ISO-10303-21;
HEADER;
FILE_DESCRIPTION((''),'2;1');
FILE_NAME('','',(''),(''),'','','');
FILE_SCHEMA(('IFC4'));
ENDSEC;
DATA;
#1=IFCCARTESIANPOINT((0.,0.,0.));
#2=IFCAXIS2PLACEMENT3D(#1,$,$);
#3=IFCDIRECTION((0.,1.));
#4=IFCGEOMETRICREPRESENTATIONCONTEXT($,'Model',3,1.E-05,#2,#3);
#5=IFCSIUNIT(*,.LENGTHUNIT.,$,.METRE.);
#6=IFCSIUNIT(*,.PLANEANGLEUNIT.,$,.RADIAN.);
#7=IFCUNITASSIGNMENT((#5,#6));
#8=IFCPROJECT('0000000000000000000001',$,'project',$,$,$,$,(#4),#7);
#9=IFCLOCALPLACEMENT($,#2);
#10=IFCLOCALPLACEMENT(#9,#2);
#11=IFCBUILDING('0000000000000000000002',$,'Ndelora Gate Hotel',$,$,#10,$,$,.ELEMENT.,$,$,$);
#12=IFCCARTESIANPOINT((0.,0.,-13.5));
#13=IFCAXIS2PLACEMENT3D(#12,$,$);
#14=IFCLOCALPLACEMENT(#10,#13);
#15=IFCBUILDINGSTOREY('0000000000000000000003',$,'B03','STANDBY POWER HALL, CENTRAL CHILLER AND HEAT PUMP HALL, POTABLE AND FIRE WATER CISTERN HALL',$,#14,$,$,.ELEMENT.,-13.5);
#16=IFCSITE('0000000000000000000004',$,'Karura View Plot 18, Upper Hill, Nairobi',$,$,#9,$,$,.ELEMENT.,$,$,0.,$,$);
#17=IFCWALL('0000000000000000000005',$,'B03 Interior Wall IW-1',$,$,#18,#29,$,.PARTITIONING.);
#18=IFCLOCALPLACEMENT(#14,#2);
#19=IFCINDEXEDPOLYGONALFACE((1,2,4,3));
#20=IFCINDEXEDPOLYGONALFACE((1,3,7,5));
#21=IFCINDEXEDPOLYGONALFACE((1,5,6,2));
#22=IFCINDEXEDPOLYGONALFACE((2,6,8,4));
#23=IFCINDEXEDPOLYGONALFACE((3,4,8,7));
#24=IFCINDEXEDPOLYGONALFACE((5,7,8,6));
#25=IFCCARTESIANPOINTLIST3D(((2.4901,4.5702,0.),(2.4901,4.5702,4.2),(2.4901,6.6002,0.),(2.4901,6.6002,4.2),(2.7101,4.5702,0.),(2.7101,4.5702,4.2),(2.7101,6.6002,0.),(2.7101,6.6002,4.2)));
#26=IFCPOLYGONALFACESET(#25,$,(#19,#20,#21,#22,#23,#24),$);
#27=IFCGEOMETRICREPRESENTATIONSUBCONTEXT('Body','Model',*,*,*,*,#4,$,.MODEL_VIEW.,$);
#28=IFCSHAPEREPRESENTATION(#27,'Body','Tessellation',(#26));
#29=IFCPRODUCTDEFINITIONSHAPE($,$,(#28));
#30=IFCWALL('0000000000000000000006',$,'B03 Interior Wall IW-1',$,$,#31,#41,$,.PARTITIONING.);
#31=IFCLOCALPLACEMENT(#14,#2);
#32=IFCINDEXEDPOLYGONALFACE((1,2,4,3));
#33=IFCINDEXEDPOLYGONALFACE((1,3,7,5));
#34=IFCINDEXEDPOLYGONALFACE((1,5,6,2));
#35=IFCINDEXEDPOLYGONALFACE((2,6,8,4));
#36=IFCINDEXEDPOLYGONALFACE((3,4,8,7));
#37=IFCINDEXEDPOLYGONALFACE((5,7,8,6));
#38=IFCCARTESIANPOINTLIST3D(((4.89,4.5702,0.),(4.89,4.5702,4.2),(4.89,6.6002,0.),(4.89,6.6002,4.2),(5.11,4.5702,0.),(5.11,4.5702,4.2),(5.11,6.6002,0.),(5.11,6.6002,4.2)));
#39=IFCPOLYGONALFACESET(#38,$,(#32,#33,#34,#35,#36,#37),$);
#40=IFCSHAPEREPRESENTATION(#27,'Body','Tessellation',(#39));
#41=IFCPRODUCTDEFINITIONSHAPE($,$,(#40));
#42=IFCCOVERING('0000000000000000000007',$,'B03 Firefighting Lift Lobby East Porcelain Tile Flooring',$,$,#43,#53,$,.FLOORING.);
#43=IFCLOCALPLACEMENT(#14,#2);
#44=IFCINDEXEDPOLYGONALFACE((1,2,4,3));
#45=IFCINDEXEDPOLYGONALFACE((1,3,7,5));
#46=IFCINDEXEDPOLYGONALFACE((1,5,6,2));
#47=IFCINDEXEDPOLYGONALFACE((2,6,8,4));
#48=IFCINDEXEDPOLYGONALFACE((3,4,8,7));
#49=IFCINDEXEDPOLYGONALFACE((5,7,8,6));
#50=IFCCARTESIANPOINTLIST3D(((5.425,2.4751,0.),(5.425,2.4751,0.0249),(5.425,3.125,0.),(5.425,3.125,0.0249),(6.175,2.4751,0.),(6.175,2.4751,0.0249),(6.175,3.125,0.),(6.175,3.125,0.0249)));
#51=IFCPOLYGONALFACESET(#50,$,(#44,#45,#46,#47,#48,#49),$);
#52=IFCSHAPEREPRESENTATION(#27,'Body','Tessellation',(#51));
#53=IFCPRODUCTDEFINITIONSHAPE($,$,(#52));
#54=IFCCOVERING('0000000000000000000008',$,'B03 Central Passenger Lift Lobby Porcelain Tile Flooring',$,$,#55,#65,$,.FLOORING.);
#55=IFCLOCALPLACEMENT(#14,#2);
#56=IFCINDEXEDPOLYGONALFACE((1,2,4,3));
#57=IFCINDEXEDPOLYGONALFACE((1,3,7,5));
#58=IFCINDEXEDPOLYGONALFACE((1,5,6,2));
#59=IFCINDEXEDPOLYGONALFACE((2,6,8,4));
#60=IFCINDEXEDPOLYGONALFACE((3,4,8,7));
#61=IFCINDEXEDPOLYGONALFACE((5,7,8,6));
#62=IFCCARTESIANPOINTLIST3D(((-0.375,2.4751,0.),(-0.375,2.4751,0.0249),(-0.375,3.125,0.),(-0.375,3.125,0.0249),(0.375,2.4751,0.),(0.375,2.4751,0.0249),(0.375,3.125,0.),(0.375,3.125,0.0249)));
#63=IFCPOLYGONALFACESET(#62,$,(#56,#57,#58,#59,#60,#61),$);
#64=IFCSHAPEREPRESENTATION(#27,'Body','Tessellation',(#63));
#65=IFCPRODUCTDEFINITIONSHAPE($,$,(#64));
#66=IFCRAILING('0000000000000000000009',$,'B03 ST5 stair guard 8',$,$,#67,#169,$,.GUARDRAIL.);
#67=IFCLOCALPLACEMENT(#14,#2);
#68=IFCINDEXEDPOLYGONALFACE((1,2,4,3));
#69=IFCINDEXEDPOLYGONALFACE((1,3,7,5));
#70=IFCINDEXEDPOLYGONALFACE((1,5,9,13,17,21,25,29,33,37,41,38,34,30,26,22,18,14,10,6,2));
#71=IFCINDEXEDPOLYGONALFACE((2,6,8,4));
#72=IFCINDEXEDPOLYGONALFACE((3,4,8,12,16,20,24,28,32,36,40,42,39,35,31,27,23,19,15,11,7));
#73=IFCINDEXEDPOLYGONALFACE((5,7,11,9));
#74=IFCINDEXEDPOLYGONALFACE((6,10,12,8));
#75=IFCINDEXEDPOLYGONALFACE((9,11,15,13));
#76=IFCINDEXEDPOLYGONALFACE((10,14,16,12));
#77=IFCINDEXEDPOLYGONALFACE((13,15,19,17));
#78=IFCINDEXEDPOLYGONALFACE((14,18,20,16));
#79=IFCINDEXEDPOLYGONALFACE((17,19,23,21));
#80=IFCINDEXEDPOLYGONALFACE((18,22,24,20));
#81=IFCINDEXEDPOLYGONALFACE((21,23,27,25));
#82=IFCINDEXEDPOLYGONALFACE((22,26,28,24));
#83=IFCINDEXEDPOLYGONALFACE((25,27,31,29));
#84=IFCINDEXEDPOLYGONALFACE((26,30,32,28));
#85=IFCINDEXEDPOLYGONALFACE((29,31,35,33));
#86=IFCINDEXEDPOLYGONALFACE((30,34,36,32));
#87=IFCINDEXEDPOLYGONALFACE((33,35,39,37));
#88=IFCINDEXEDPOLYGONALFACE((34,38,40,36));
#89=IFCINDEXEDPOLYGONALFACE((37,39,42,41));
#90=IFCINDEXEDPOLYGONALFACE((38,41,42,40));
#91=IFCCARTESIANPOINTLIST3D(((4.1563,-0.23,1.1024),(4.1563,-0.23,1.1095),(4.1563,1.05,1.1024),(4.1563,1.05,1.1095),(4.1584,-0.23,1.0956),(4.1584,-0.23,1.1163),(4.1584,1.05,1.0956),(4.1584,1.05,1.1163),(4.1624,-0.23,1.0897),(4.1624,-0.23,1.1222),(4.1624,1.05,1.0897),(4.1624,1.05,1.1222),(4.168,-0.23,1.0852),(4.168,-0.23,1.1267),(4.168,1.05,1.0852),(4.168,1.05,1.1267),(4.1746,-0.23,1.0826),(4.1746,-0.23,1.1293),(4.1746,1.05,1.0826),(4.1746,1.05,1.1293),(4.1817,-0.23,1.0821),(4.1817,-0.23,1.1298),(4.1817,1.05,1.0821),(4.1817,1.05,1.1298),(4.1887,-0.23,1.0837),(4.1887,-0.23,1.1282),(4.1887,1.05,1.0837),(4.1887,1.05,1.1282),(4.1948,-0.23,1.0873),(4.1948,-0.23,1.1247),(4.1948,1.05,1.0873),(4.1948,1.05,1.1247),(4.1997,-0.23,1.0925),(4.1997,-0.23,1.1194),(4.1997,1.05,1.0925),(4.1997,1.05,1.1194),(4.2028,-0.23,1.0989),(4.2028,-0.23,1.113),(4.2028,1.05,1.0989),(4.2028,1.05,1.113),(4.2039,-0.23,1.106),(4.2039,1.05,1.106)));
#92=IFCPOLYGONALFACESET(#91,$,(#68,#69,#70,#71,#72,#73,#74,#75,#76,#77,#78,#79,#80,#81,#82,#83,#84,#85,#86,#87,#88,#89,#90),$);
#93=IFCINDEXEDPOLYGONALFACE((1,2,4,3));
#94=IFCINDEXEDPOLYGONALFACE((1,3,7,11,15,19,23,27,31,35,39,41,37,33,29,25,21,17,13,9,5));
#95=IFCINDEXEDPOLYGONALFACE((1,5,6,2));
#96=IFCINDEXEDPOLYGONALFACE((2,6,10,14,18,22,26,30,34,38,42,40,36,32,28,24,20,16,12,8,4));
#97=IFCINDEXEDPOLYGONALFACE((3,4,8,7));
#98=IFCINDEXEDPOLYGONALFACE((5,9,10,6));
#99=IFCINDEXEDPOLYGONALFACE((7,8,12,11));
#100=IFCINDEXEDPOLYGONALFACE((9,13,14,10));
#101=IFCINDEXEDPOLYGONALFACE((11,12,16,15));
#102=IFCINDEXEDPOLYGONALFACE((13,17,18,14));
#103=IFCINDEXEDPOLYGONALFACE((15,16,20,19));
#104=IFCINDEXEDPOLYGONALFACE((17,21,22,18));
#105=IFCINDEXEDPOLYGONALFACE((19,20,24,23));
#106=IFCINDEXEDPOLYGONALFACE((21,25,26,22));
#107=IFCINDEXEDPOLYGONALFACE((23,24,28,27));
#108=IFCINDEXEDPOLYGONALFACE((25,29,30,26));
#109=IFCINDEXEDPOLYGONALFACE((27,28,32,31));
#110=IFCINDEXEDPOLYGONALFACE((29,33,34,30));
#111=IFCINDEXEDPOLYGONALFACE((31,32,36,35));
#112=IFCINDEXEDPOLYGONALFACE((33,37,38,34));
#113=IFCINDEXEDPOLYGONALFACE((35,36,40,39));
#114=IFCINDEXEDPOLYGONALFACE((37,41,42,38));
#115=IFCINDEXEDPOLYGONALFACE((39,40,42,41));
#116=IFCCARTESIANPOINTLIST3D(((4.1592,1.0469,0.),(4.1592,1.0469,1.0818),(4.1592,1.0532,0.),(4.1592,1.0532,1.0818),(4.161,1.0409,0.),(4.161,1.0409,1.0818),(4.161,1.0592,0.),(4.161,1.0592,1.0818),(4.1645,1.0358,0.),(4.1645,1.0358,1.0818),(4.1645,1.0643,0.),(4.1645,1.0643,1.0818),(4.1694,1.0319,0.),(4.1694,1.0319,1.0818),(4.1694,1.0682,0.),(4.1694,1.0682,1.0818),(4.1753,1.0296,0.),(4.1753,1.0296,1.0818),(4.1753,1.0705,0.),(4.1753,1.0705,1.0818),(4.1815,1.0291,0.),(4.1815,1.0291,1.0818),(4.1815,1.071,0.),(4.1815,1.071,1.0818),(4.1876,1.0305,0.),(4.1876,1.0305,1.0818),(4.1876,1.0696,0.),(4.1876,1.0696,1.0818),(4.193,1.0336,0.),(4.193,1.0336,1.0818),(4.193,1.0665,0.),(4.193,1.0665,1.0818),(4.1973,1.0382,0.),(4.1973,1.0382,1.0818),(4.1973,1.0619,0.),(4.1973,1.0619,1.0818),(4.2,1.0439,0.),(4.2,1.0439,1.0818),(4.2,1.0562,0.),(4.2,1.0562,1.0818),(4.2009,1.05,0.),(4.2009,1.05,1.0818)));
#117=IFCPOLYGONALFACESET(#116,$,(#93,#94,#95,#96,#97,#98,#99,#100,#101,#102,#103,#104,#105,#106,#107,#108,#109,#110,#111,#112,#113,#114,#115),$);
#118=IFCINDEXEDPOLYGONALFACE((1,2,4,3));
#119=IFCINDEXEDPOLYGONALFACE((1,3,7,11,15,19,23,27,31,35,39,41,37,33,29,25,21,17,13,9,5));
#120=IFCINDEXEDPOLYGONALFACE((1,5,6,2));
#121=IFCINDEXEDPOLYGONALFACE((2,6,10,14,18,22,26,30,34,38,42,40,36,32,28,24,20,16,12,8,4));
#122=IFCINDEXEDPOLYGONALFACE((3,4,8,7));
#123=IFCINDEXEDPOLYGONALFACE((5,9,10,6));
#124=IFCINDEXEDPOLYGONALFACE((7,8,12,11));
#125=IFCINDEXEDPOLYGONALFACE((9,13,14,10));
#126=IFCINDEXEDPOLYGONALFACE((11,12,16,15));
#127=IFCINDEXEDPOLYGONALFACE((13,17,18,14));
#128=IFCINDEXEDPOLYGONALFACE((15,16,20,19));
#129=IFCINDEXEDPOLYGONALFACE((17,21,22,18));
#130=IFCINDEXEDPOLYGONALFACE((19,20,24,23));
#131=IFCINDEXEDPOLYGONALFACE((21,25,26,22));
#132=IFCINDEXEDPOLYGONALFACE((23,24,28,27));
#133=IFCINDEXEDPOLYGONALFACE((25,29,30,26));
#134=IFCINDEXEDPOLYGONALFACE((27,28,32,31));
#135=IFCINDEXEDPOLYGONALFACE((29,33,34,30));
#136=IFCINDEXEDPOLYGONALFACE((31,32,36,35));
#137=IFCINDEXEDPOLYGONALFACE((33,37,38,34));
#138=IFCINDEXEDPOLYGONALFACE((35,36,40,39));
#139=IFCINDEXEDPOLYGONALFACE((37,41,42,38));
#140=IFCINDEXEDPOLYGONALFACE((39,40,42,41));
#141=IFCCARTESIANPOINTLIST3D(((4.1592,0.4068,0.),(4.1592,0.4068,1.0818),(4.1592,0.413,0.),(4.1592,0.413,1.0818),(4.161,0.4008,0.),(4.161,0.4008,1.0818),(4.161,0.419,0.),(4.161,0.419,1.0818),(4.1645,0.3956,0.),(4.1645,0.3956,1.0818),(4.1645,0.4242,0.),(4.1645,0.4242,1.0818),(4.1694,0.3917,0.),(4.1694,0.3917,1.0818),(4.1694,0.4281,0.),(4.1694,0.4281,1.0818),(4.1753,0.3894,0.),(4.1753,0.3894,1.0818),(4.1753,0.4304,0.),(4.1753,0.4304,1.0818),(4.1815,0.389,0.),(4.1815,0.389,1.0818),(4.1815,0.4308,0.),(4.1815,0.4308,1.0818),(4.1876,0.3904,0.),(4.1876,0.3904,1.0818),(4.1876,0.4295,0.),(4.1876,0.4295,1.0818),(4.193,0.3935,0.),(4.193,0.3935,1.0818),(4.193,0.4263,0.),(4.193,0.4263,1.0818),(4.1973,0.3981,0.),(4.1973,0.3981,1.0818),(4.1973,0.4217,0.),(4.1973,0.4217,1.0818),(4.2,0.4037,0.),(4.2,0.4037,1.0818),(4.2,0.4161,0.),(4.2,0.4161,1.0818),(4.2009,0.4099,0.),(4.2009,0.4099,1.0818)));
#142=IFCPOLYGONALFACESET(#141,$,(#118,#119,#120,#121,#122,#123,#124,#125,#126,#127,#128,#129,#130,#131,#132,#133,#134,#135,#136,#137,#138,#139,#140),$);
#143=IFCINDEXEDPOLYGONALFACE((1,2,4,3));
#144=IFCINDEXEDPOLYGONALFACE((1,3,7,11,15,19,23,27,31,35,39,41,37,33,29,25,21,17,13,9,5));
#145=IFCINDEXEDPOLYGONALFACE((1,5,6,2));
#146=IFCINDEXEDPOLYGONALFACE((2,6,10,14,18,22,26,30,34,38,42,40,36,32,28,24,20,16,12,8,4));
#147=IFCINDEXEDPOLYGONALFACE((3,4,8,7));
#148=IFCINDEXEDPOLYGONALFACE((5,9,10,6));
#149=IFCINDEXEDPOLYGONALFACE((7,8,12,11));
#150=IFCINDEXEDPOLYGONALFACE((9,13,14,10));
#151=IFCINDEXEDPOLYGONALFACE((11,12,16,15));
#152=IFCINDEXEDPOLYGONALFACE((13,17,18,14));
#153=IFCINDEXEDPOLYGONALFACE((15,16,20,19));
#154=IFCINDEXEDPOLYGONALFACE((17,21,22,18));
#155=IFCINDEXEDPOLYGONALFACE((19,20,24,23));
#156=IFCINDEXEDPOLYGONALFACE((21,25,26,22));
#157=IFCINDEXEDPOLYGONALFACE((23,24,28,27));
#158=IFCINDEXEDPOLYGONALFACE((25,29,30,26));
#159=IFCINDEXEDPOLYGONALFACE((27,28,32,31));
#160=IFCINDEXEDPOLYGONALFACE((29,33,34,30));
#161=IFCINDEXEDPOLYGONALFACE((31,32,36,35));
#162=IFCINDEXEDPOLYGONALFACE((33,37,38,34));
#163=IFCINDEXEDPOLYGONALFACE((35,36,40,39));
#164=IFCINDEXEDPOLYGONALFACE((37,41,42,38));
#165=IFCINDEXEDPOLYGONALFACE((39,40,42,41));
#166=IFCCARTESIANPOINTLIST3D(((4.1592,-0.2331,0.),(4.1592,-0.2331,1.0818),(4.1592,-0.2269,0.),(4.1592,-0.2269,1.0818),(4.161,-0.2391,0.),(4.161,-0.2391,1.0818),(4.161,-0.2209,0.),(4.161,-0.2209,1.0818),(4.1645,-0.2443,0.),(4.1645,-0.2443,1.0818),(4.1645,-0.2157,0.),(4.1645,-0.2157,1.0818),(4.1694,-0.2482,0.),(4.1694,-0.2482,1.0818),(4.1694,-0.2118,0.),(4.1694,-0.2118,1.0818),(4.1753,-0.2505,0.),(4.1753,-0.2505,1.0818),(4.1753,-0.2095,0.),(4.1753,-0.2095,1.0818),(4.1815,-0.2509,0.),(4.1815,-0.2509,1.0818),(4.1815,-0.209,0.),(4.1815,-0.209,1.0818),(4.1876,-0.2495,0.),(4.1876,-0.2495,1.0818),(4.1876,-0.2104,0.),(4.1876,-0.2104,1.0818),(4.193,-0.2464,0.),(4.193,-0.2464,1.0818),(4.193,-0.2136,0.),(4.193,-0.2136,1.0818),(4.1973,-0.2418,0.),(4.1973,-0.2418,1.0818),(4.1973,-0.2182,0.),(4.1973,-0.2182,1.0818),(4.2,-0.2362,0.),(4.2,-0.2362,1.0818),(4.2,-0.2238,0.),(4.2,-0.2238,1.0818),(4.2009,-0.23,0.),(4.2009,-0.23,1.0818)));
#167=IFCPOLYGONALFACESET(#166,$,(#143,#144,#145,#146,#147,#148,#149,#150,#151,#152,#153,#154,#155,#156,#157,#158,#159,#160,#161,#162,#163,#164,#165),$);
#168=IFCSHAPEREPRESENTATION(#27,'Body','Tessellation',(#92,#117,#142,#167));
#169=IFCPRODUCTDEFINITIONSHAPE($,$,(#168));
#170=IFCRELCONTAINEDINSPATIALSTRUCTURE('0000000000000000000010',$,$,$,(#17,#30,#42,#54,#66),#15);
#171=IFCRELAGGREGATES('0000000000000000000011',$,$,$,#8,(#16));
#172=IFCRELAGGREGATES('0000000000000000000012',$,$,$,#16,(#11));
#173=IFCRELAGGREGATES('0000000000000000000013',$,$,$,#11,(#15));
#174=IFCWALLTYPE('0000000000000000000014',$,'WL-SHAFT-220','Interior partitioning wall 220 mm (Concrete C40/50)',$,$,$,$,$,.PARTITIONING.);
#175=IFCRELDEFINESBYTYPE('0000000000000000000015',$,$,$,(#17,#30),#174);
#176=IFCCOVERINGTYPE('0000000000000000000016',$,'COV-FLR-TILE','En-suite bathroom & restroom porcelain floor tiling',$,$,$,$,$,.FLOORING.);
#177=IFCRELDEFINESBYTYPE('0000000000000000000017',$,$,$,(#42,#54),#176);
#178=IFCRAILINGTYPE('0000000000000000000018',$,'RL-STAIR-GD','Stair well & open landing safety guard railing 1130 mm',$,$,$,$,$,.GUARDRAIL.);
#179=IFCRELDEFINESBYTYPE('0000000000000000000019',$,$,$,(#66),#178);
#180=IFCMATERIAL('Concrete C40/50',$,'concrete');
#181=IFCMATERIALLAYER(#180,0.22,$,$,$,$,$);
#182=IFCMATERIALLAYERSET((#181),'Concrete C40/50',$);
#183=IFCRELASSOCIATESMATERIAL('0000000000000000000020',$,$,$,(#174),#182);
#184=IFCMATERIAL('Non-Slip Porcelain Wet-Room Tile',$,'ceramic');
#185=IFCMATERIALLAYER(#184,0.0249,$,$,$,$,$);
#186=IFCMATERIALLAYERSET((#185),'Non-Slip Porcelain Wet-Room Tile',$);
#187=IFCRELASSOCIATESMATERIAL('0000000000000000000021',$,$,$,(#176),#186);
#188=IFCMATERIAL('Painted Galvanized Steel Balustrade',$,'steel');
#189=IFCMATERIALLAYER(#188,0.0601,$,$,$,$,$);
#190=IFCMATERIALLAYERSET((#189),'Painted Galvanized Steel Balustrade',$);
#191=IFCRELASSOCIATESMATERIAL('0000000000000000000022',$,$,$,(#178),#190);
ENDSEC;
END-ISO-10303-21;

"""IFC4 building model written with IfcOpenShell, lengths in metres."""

from ifc_helpers import new_model, si_unit, direction, frame, frame_2d, origin, origin_2d, place, context, subcontext, project, spatial, rectangle, circle, extrude, material, layer, layer_set, type_object, element, save


model = new_model("IFC4")

# Units and contexts
model_context = context("Model", 3, precision=1e-05, world=origin(), true_north=direction((0.0, 1.0)))
body_context = subcontext(model_context, "Body", "Model", "MODEL_VIEW")
ifc_project = project(units=[si_unit("LENGTHUNIT", "METRE"), si_unit("PLANEANGLEUNIT", "RADIAN")], contexts=[model_context])

# Site, building, storey
site_placement = place(None, origin())
site = spatial("IfcSite", under=ifc_project, at=site_placement, Name="Karura View Plot 18, Upper Hill, Nairobi", CompositionType="ELEMENT", RefElevation=0.0)
building_placement = place(site_placement, origin())
building = spatial("IfcBuilding", under=site, at=building_placement, Name="Ndelora Gate Hotel", CompositionType="ELEMENT")
storey_placement = place(building_placement, frame((0.0, 0.0, -13.5)))
storey = spatial("IfcBuildingStorey", under=building, at=storey_placement, Name="B03", Description="STANDBY POWER HALL, CENTRAL CHILLER AND HEAT PUMP HALL, POTABLE AND FIRE WATER CISTERN HALL", CompositionType="ELEMENT", Elevation=-13.5)

# Shared definitions
ifc_material_1 = material(Name="Concrete C40/50", Category="concrete")

# Shared definitions
ifc_layer_1 = layer(ifc_material_1, 0.22)
ifc_layer_set_1 = layer_set([ifc_layer_1], Name="Concrete C40/50")
wall_type_1 = type_object("IfcWallType", Name="WL-SHAFT-220", Description="Interior partitioning wall 220 mm (Concrete C40/50)", PredefinedType="PARTITIONING", material=ifc_layer_set_1)

# Walls
for number, where, z_axis, x_axis, name in (
    (1, (2.6001, 4.5701, 0.0), (0.0, 0.0, 1.0), (0.0, 1.0, 0.0), "B03 Interior Wall IW-1"),
    (2, (5.0, 4.5701, 0.0), (0.0, 0.0, 1.0), (0.0, 1.0, 0.0), "B03 Interior Wall IW-1"),
):
    element("IfcWall", number, at=place(storey_placement, frame(where, z_axis=z_axis, x_axis=x_axis)), inside=storey, type_object=wall_type_1, Name=name, PredefinedType="PARTITIONING", context=body_context, shape_type="SweptSolid", body=[
        extrude(rectangle(XDim=2.03, YDim=0.22, at=frame_2d((1.0151, 0.0))), origin(), (0.0, 0.0, 1.0), 4.2),
    ])

# Coverings
ifc_material_2 = material(Name="Non-Slip Porcelain Wet-Room Tile", Category="ceramic")
ifc_layer_2 = layer(ifc_material_2, 0.0249)
ifc_layer_set_2 = layer_set([ifc_layer_2], Name="Non-Slip Porcelain Wet-Room Tile")
covering_type = type_object("IfcCoveringType", Name="COV-FLR-TILE", Description="En-suite bathroom & restroom porcelain floor tiling", PredefinedType="FLOORING", material=ifc_layer_set_2)
for number, where, z_axis, x_axis, name in (
    (3, (5.8, 2.8, 0.0), (0.0, 0.0, 1.0), (1.0, 0.0, 0.0), "B03 Firefighting Lift Lobby East Porcelain Tile Flooring"),
    (4, (0.0, 2.8, 0.0), (0.0, 0.0, 1.0), (1.0, 0.0, 0.0), "B03 Central Passenger Lift Lobby Porcelain Tile Flooring"),
):
    element("IfcCovering", number, at=place(storey_placement, frame(where, z_axis=z_axis, x_axis=x_axis)), inside=storey, type_object=covering_type, Name=name, PredefinedType="FLOORING", context=body_context, shape_type="SweptSolid", body=[
        extrude(rectangle(XDim=0.75, YDim=0.6499, at=origin_2d()), origin(), (0.0, 0.0, 1.0), 0.0249),
    ])

# Railing
ifc_material_3 = material(Name="Painted Galvanized Steel Balustrade", Category="steel")
ifc_layer_3 = layer(ifc_material_3, 0.0601)
ifc_layer_set_3 = layer_set([ifc_layer_3], Name="Painted Galvanized Steel Balustrade")
railing_type = type_object("IfcRailingType", Name="RL-STAIR-GD", Description="Stair well & open landing safety guard railing 1130 mm", PredefinedType="GUARDRAIL", material=ifc_layer_set_3)
for number, where, name in (
    (5, (4.1799, 1.05, 0.0), "B03 ST5 stair guard 8"),
):
    element("IfcRailing", number, at=place(storey_placement, frame(where)), inside=storey, type_object=railing_type, Name=name, PredefinedType="GUARDRAIL", context=body_context, shape_type="SweptSolid", body=[
        extrude(circle(Radius=0.0239, at=origin_2d()), frame((0.0, 0.0, 1.106), z_axis=(0.0, -1.0, 0.0), x_axis=(1.0, 0.0, 0.0)), (0.0, 0.0, 1.0), 1.28),
        extrude(circle(Radius=0.021, at=origin_2d()), origin(), (0.0, 0.0, 1.0), 1.0818),
        extrude(circle(Radius=0.021, at=origin_2d()), frame((0.0, -0.6401, 0.0)), (0.0, 0.0, 1.0), 1.0818),
        extrude(circle(Radius=0.021, at=origin_2d()), frame((0.0, -1.28, 0.0)), (0.0, 0.0, 1.0), 1.0818),
    ])

save(model, "model.ifc")
